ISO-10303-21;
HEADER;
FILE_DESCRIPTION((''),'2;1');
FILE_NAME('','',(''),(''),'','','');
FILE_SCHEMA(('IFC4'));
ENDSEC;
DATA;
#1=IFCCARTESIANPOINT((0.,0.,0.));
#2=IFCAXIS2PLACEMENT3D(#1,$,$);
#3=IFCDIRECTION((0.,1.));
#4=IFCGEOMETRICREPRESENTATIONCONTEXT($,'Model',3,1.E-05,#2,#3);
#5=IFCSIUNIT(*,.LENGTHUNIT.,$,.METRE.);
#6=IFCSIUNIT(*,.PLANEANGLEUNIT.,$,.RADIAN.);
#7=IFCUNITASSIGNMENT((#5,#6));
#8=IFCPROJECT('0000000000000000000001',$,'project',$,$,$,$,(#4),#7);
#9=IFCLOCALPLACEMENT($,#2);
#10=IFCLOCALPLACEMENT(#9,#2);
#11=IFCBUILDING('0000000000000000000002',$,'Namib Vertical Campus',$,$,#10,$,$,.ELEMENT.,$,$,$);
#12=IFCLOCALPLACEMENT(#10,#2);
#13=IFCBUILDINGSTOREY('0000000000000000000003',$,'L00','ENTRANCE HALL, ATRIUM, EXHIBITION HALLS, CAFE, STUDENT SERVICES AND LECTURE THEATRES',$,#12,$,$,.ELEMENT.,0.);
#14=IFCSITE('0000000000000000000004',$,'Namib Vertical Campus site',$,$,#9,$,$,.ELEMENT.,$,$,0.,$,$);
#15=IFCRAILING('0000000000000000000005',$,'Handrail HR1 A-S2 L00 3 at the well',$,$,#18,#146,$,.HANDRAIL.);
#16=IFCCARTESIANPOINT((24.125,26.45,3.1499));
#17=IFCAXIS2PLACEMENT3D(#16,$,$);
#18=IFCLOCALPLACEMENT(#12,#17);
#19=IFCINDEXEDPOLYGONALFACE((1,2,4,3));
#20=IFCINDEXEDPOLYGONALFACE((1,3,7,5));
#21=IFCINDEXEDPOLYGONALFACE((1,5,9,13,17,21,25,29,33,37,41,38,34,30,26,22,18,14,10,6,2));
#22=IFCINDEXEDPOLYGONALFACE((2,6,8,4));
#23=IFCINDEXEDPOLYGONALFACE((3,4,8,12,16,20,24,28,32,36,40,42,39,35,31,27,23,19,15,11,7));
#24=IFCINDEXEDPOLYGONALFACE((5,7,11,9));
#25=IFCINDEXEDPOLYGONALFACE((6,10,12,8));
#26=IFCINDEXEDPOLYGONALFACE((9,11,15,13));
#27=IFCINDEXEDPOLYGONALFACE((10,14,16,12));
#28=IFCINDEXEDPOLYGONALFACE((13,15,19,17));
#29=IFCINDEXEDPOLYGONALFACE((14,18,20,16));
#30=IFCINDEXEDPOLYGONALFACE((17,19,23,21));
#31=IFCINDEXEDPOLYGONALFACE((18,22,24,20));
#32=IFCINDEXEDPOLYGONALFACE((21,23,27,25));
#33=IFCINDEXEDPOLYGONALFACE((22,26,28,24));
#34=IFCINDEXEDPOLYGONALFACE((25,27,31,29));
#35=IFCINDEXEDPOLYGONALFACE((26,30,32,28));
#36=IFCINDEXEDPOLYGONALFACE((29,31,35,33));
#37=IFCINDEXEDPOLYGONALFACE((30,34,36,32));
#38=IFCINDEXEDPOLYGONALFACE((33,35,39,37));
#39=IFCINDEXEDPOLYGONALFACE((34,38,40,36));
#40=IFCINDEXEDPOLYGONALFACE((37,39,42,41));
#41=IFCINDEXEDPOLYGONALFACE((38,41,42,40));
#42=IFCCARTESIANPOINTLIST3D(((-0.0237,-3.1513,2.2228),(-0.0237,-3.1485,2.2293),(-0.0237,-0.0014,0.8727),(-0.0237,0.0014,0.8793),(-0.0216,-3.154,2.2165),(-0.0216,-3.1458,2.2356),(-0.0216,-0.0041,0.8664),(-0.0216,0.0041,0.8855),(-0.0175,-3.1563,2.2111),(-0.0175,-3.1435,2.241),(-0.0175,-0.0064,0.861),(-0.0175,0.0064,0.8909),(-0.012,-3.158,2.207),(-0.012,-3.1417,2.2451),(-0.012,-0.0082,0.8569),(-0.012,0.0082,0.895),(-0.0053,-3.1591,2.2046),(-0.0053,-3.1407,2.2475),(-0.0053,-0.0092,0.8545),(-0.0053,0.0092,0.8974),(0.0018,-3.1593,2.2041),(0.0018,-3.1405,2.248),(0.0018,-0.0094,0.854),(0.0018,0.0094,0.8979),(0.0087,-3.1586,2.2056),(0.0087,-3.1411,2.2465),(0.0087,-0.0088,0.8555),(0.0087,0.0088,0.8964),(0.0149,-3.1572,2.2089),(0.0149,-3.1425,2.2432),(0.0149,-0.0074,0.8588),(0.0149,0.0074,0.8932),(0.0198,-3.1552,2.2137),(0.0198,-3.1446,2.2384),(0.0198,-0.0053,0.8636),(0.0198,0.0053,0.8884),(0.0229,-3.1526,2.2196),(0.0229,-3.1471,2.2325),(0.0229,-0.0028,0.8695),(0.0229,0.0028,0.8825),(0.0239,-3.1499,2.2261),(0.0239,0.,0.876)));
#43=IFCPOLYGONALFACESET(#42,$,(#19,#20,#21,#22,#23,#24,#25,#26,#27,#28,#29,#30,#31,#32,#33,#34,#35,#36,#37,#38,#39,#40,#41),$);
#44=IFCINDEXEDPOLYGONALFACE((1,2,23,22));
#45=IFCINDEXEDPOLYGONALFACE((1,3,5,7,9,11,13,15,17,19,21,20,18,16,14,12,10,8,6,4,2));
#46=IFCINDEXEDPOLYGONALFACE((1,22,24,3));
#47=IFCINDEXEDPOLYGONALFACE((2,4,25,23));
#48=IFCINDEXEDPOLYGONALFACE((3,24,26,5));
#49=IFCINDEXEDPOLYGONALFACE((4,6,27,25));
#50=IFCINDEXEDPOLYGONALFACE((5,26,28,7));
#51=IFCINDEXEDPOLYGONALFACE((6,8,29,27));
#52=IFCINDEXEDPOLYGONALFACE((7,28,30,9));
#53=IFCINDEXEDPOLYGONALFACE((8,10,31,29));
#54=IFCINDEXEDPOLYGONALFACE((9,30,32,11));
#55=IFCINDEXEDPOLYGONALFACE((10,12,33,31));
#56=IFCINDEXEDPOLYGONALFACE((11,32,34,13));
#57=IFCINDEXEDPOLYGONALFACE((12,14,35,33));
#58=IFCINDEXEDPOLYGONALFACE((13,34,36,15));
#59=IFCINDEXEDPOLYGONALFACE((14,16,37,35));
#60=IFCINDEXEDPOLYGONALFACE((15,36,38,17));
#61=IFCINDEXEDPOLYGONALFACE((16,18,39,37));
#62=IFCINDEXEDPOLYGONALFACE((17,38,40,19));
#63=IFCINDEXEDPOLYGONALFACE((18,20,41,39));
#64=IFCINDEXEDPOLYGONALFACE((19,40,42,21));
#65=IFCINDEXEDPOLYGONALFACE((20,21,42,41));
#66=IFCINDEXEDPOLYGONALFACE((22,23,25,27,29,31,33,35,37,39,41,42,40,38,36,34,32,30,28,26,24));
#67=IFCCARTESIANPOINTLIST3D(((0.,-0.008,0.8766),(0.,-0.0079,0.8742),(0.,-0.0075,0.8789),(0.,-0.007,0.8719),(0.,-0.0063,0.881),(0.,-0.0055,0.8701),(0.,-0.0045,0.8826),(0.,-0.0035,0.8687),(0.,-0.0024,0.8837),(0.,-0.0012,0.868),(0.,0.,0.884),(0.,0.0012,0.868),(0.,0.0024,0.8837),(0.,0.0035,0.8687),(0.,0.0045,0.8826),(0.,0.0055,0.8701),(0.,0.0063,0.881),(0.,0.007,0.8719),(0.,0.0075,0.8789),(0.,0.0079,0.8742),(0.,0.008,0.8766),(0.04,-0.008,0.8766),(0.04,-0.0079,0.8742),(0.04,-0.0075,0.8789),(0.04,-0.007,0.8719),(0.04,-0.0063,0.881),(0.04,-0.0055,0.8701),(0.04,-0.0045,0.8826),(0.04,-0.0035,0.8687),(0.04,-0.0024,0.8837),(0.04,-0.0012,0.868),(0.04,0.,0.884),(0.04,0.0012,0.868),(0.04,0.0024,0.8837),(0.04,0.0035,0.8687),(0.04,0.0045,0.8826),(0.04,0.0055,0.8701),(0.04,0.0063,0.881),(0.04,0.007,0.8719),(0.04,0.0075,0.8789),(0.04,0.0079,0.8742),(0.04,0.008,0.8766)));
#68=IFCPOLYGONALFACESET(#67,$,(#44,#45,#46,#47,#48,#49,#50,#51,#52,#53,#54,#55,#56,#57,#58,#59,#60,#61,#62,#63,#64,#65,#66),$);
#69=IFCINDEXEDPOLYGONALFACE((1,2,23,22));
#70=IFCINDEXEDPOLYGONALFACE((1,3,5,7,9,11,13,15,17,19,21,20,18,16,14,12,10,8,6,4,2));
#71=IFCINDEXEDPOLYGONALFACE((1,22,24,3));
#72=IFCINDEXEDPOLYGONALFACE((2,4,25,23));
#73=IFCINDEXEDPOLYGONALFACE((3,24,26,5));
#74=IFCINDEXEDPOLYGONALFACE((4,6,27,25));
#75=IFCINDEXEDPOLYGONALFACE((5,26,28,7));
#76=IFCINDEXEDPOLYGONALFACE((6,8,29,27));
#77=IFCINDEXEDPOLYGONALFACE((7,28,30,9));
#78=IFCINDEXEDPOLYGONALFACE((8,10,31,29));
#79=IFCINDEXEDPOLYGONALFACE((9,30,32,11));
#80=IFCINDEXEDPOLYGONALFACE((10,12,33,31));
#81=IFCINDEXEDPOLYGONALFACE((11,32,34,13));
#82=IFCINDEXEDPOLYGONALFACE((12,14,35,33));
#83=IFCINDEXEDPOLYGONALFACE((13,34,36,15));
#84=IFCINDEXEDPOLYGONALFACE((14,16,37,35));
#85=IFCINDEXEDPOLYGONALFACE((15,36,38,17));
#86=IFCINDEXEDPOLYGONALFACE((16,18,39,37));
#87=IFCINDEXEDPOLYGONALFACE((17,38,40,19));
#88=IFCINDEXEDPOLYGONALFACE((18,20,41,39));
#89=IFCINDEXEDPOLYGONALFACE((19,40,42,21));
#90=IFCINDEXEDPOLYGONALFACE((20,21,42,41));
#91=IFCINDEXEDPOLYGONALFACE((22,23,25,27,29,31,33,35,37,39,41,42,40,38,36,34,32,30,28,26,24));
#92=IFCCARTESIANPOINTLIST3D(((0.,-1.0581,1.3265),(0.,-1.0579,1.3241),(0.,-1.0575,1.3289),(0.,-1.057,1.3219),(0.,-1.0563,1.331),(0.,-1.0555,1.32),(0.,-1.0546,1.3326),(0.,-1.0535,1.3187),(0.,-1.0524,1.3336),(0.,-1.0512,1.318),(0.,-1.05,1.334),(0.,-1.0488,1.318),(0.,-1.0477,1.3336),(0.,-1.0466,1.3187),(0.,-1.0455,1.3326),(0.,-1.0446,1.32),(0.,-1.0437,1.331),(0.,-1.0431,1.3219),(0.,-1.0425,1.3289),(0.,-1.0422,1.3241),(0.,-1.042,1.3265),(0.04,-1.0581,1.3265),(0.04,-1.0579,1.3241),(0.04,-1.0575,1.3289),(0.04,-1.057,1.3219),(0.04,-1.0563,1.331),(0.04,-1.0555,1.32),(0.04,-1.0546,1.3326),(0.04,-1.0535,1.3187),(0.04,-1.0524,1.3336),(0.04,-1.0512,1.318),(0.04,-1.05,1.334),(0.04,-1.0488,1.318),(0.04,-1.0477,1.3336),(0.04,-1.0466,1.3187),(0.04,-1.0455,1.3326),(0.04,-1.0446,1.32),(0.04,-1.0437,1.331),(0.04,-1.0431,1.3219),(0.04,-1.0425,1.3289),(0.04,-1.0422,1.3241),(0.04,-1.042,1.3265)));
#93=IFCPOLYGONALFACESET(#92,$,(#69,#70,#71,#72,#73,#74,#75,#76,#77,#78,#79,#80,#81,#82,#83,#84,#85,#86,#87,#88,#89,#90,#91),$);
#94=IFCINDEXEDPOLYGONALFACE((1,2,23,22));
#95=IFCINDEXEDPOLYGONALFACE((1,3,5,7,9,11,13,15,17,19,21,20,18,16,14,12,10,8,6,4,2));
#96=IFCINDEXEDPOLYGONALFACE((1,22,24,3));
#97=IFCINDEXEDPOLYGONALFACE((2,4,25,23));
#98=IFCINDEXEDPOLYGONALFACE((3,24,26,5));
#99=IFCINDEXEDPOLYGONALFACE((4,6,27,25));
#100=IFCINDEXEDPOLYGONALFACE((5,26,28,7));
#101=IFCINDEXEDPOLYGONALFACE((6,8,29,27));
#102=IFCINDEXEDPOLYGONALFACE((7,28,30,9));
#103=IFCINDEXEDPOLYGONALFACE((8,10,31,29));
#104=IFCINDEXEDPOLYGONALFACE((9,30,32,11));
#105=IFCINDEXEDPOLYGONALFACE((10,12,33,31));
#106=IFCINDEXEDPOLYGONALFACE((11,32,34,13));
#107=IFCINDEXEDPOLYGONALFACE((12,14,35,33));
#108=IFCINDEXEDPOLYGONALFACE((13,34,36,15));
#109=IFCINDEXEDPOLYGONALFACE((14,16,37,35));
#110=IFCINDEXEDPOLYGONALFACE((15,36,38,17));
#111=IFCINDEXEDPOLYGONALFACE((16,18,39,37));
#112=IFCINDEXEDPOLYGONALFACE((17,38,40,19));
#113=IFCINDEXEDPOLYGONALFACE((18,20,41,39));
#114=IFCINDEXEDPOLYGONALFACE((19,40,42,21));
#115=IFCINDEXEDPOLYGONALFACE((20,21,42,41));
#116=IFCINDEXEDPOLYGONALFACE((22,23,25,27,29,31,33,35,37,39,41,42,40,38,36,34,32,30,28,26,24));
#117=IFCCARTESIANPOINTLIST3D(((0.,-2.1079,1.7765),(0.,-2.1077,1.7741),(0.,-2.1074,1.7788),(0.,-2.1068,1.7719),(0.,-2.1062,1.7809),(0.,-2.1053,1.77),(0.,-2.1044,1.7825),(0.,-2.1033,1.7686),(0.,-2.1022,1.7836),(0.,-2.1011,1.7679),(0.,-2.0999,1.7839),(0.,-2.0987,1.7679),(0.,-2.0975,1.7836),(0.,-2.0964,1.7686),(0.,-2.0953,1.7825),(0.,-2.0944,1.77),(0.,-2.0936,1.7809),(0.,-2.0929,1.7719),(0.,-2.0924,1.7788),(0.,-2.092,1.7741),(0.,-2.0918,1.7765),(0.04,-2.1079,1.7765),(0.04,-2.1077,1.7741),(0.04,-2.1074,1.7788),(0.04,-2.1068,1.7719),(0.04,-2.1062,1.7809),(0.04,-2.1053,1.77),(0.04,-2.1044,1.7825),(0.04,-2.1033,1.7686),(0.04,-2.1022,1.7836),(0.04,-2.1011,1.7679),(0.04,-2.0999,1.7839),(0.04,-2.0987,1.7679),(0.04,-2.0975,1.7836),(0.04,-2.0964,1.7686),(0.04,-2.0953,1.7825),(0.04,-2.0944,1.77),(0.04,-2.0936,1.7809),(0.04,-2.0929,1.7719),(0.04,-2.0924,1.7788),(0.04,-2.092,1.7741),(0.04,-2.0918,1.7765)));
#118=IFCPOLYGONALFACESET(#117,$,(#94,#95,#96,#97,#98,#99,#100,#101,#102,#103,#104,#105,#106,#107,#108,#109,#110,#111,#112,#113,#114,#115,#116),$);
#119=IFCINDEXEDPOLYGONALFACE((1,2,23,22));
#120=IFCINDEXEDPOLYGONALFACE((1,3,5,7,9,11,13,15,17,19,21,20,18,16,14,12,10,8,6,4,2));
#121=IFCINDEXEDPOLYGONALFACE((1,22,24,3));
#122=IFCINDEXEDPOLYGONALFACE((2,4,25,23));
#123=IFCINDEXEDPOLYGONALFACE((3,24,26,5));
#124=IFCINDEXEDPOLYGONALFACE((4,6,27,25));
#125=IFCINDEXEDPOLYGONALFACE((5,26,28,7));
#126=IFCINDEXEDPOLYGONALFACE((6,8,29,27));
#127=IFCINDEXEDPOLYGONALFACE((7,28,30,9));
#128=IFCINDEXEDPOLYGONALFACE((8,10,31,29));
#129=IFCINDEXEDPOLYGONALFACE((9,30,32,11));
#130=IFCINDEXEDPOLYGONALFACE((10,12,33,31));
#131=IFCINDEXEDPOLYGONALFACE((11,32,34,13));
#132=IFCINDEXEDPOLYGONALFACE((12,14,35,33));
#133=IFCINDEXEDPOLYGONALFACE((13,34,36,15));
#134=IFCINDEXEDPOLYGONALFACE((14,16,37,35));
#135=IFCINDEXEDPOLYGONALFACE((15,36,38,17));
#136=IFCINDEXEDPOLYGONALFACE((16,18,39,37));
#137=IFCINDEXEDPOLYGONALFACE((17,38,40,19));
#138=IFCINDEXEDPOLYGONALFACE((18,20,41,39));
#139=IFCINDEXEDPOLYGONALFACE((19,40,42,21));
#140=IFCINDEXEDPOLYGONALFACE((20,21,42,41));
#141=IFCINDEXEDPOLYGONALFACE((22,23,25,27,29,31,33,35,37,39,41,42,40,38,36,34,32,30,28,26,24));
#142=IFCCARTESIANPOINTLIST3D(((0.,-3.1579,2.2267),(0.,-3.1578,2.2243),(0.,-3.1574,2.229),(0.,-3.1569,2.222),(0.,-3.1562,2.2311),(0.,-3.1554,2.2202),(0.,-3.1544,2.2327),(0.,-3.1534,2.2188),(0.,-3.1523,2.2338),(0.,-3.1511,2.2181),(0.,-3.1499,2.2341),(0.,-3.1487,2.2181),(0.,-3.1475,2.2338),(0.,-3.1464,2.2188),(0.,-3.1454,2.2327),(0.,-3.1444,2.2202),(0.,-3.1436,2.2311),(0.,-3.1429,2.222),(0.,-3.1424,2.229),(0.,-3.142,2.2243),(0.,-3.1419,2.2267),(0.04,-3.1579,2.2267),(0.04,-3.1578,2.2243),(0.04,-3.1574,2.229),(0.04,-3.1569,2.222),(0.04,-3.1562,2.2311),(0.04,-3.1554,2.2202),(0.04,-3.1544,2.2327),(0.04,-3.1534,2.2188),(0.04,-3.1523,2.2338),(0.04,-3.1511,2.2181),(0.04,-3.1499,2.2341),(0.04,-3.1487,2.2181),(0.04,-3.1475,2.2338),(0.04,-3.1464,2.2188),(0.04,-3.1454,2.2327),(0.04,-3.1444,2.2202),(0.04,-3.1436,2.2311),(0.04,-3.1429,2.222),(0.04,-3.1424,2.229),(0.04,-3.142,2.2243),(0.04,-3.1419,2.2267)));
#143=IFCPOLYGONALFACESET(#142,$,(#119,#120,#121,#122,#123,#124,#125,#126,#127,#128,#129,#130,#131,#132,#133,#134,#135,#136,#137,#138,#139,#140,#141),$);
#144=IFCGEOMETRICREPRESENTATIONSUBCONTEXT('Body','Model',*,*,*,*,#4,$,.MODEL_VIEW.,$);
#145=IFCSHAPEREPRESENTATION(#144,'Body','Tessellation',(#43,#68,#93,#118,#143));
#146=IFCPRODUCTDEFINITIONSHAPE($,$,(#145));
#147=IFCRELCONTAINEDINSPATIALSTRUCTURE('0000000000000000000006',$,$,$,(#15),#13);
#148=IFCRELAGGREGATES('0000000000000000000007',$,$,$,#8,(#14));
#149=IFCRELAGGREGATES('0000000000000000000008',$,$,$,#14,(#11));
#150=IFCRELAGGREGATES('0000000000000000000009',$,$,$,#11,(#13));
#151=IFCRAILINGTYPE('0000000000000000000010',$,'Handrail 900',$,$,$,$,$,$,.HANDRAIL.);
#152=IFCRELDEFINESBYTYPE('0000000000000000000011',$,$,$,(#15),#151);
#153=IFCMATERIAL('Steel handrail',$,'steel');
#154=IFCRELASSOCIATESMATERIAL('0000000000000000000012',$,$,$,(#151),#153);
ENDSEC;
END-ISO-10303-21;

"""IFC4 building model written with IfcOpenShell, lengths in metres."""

from ifc_helpers import new_model, si_unit, direction, frame, origin, origin_2d, place, context, subcontext, project, spatial, circle, extrude, material, type_object, element, save


model = new_model("IFC4")

# Units and contexts
model_context = context("Model", 3, precision=1e-05, world=origin(), true_north=direction((0.0, 1.0)))
body_context = subcontext(model_context, "Body", "Model", "MODEL_VIEW")
ifc_project = project(units=[si_unit("LENGTHUNIT", "METRE"), si_unit("PLANEANGLEUNIT", "RADIAN")], contexts=[model_context])

# Site, building, storey
site_placement = place(None, origin())
site = spatial("IfcSite", under=ifc_project, at=site_placement, Name="Namib Vertical Campus site", CompositionType="ELEMENT", RefElevation=0.0)
building_placement = place(site_placement, origin())
building = spatial("IfcBuilding", under=site, at=building_placement, Name="Namib Vertical Campus", CompositionType="ELEMENT")
storey_placement = place(building_placement, origin())
storey = spatial("IfcBuildingStorey", under=building, at=storey_placement, Name="L00", Description="ENTRANCE HALL, ATRIUM, EXHIBITION HALLS, CAFE, STUDENT SERVICES AND LECTURE THEATRES", CompositionType="ELEMENT", Elevation=0.0)

# Railing
ifc_material_1 = material(Name="Steel handrail", Category="steel")
railing_type_1 = type_object("IfcRailingType", Name="Handrail 900", PredefinedType="HANDRAIL", material=ifc_material_1)
railing_1_placement = place(storey_placement, frame((24.125, 26.45, 3.1499)))
element("IfcRailing", 1, at=railing_1_placement, inside=storey, type_object=railing_type_1, Name="Handrail HR1 A-S2 L00 3 at the well", PredefinedType="HANDRAIL", context=body_context, shape_type="SweptSolid", body=[
    extrude(circle(Radius=0.0239, at=origin_2d()), frame((0.0, 0.0, 0.876), z_axis=(0.0, -0.91913, 0.393954), x_axis=(1.0, 0.0, 0.0)), (0.0, 0.0, 1.0), 3.427),
    extrude(circle(Radius=0.0081, at=origin_2d()), frame((0.0, 0.0, 0.876), z_axis=(1.0, 0.0, 0.0), x_axis=(0.0, 0.0, 1.0)), (0.0, 0.0, 1.0), 0.04),
    extrude(circle(Radius=0.0081, at=origin_2d()), frame((0.0, -1.05, 1.3259), z_axis=(1.0, 0.0, 0.0), x_axis=(0.0, 0.0, 1.0)), (0.0, 0.0, 1.0), 0.04),
    extrude(circle(Radius=0.0081, at=origin_2d()), frame((0.0, -2.0999, 1.7759), z_axis=(1.0, 0.0, 0.0), x_axis=(0.0, 0.0, 1.0)), (0.0, 0.0, 1.0), 0.04),
    extrude(circle(Radius=0.0081, at=origin_2d()), frame((0.0, -3.1499, 2.2261), z_axis=(1.0, 0.0, 0.0), x_axis=(0.0, 0.0, 1.0)), (0.0, 0.0, 1.0), 0.04),
])

save(model, "model.ifc")
